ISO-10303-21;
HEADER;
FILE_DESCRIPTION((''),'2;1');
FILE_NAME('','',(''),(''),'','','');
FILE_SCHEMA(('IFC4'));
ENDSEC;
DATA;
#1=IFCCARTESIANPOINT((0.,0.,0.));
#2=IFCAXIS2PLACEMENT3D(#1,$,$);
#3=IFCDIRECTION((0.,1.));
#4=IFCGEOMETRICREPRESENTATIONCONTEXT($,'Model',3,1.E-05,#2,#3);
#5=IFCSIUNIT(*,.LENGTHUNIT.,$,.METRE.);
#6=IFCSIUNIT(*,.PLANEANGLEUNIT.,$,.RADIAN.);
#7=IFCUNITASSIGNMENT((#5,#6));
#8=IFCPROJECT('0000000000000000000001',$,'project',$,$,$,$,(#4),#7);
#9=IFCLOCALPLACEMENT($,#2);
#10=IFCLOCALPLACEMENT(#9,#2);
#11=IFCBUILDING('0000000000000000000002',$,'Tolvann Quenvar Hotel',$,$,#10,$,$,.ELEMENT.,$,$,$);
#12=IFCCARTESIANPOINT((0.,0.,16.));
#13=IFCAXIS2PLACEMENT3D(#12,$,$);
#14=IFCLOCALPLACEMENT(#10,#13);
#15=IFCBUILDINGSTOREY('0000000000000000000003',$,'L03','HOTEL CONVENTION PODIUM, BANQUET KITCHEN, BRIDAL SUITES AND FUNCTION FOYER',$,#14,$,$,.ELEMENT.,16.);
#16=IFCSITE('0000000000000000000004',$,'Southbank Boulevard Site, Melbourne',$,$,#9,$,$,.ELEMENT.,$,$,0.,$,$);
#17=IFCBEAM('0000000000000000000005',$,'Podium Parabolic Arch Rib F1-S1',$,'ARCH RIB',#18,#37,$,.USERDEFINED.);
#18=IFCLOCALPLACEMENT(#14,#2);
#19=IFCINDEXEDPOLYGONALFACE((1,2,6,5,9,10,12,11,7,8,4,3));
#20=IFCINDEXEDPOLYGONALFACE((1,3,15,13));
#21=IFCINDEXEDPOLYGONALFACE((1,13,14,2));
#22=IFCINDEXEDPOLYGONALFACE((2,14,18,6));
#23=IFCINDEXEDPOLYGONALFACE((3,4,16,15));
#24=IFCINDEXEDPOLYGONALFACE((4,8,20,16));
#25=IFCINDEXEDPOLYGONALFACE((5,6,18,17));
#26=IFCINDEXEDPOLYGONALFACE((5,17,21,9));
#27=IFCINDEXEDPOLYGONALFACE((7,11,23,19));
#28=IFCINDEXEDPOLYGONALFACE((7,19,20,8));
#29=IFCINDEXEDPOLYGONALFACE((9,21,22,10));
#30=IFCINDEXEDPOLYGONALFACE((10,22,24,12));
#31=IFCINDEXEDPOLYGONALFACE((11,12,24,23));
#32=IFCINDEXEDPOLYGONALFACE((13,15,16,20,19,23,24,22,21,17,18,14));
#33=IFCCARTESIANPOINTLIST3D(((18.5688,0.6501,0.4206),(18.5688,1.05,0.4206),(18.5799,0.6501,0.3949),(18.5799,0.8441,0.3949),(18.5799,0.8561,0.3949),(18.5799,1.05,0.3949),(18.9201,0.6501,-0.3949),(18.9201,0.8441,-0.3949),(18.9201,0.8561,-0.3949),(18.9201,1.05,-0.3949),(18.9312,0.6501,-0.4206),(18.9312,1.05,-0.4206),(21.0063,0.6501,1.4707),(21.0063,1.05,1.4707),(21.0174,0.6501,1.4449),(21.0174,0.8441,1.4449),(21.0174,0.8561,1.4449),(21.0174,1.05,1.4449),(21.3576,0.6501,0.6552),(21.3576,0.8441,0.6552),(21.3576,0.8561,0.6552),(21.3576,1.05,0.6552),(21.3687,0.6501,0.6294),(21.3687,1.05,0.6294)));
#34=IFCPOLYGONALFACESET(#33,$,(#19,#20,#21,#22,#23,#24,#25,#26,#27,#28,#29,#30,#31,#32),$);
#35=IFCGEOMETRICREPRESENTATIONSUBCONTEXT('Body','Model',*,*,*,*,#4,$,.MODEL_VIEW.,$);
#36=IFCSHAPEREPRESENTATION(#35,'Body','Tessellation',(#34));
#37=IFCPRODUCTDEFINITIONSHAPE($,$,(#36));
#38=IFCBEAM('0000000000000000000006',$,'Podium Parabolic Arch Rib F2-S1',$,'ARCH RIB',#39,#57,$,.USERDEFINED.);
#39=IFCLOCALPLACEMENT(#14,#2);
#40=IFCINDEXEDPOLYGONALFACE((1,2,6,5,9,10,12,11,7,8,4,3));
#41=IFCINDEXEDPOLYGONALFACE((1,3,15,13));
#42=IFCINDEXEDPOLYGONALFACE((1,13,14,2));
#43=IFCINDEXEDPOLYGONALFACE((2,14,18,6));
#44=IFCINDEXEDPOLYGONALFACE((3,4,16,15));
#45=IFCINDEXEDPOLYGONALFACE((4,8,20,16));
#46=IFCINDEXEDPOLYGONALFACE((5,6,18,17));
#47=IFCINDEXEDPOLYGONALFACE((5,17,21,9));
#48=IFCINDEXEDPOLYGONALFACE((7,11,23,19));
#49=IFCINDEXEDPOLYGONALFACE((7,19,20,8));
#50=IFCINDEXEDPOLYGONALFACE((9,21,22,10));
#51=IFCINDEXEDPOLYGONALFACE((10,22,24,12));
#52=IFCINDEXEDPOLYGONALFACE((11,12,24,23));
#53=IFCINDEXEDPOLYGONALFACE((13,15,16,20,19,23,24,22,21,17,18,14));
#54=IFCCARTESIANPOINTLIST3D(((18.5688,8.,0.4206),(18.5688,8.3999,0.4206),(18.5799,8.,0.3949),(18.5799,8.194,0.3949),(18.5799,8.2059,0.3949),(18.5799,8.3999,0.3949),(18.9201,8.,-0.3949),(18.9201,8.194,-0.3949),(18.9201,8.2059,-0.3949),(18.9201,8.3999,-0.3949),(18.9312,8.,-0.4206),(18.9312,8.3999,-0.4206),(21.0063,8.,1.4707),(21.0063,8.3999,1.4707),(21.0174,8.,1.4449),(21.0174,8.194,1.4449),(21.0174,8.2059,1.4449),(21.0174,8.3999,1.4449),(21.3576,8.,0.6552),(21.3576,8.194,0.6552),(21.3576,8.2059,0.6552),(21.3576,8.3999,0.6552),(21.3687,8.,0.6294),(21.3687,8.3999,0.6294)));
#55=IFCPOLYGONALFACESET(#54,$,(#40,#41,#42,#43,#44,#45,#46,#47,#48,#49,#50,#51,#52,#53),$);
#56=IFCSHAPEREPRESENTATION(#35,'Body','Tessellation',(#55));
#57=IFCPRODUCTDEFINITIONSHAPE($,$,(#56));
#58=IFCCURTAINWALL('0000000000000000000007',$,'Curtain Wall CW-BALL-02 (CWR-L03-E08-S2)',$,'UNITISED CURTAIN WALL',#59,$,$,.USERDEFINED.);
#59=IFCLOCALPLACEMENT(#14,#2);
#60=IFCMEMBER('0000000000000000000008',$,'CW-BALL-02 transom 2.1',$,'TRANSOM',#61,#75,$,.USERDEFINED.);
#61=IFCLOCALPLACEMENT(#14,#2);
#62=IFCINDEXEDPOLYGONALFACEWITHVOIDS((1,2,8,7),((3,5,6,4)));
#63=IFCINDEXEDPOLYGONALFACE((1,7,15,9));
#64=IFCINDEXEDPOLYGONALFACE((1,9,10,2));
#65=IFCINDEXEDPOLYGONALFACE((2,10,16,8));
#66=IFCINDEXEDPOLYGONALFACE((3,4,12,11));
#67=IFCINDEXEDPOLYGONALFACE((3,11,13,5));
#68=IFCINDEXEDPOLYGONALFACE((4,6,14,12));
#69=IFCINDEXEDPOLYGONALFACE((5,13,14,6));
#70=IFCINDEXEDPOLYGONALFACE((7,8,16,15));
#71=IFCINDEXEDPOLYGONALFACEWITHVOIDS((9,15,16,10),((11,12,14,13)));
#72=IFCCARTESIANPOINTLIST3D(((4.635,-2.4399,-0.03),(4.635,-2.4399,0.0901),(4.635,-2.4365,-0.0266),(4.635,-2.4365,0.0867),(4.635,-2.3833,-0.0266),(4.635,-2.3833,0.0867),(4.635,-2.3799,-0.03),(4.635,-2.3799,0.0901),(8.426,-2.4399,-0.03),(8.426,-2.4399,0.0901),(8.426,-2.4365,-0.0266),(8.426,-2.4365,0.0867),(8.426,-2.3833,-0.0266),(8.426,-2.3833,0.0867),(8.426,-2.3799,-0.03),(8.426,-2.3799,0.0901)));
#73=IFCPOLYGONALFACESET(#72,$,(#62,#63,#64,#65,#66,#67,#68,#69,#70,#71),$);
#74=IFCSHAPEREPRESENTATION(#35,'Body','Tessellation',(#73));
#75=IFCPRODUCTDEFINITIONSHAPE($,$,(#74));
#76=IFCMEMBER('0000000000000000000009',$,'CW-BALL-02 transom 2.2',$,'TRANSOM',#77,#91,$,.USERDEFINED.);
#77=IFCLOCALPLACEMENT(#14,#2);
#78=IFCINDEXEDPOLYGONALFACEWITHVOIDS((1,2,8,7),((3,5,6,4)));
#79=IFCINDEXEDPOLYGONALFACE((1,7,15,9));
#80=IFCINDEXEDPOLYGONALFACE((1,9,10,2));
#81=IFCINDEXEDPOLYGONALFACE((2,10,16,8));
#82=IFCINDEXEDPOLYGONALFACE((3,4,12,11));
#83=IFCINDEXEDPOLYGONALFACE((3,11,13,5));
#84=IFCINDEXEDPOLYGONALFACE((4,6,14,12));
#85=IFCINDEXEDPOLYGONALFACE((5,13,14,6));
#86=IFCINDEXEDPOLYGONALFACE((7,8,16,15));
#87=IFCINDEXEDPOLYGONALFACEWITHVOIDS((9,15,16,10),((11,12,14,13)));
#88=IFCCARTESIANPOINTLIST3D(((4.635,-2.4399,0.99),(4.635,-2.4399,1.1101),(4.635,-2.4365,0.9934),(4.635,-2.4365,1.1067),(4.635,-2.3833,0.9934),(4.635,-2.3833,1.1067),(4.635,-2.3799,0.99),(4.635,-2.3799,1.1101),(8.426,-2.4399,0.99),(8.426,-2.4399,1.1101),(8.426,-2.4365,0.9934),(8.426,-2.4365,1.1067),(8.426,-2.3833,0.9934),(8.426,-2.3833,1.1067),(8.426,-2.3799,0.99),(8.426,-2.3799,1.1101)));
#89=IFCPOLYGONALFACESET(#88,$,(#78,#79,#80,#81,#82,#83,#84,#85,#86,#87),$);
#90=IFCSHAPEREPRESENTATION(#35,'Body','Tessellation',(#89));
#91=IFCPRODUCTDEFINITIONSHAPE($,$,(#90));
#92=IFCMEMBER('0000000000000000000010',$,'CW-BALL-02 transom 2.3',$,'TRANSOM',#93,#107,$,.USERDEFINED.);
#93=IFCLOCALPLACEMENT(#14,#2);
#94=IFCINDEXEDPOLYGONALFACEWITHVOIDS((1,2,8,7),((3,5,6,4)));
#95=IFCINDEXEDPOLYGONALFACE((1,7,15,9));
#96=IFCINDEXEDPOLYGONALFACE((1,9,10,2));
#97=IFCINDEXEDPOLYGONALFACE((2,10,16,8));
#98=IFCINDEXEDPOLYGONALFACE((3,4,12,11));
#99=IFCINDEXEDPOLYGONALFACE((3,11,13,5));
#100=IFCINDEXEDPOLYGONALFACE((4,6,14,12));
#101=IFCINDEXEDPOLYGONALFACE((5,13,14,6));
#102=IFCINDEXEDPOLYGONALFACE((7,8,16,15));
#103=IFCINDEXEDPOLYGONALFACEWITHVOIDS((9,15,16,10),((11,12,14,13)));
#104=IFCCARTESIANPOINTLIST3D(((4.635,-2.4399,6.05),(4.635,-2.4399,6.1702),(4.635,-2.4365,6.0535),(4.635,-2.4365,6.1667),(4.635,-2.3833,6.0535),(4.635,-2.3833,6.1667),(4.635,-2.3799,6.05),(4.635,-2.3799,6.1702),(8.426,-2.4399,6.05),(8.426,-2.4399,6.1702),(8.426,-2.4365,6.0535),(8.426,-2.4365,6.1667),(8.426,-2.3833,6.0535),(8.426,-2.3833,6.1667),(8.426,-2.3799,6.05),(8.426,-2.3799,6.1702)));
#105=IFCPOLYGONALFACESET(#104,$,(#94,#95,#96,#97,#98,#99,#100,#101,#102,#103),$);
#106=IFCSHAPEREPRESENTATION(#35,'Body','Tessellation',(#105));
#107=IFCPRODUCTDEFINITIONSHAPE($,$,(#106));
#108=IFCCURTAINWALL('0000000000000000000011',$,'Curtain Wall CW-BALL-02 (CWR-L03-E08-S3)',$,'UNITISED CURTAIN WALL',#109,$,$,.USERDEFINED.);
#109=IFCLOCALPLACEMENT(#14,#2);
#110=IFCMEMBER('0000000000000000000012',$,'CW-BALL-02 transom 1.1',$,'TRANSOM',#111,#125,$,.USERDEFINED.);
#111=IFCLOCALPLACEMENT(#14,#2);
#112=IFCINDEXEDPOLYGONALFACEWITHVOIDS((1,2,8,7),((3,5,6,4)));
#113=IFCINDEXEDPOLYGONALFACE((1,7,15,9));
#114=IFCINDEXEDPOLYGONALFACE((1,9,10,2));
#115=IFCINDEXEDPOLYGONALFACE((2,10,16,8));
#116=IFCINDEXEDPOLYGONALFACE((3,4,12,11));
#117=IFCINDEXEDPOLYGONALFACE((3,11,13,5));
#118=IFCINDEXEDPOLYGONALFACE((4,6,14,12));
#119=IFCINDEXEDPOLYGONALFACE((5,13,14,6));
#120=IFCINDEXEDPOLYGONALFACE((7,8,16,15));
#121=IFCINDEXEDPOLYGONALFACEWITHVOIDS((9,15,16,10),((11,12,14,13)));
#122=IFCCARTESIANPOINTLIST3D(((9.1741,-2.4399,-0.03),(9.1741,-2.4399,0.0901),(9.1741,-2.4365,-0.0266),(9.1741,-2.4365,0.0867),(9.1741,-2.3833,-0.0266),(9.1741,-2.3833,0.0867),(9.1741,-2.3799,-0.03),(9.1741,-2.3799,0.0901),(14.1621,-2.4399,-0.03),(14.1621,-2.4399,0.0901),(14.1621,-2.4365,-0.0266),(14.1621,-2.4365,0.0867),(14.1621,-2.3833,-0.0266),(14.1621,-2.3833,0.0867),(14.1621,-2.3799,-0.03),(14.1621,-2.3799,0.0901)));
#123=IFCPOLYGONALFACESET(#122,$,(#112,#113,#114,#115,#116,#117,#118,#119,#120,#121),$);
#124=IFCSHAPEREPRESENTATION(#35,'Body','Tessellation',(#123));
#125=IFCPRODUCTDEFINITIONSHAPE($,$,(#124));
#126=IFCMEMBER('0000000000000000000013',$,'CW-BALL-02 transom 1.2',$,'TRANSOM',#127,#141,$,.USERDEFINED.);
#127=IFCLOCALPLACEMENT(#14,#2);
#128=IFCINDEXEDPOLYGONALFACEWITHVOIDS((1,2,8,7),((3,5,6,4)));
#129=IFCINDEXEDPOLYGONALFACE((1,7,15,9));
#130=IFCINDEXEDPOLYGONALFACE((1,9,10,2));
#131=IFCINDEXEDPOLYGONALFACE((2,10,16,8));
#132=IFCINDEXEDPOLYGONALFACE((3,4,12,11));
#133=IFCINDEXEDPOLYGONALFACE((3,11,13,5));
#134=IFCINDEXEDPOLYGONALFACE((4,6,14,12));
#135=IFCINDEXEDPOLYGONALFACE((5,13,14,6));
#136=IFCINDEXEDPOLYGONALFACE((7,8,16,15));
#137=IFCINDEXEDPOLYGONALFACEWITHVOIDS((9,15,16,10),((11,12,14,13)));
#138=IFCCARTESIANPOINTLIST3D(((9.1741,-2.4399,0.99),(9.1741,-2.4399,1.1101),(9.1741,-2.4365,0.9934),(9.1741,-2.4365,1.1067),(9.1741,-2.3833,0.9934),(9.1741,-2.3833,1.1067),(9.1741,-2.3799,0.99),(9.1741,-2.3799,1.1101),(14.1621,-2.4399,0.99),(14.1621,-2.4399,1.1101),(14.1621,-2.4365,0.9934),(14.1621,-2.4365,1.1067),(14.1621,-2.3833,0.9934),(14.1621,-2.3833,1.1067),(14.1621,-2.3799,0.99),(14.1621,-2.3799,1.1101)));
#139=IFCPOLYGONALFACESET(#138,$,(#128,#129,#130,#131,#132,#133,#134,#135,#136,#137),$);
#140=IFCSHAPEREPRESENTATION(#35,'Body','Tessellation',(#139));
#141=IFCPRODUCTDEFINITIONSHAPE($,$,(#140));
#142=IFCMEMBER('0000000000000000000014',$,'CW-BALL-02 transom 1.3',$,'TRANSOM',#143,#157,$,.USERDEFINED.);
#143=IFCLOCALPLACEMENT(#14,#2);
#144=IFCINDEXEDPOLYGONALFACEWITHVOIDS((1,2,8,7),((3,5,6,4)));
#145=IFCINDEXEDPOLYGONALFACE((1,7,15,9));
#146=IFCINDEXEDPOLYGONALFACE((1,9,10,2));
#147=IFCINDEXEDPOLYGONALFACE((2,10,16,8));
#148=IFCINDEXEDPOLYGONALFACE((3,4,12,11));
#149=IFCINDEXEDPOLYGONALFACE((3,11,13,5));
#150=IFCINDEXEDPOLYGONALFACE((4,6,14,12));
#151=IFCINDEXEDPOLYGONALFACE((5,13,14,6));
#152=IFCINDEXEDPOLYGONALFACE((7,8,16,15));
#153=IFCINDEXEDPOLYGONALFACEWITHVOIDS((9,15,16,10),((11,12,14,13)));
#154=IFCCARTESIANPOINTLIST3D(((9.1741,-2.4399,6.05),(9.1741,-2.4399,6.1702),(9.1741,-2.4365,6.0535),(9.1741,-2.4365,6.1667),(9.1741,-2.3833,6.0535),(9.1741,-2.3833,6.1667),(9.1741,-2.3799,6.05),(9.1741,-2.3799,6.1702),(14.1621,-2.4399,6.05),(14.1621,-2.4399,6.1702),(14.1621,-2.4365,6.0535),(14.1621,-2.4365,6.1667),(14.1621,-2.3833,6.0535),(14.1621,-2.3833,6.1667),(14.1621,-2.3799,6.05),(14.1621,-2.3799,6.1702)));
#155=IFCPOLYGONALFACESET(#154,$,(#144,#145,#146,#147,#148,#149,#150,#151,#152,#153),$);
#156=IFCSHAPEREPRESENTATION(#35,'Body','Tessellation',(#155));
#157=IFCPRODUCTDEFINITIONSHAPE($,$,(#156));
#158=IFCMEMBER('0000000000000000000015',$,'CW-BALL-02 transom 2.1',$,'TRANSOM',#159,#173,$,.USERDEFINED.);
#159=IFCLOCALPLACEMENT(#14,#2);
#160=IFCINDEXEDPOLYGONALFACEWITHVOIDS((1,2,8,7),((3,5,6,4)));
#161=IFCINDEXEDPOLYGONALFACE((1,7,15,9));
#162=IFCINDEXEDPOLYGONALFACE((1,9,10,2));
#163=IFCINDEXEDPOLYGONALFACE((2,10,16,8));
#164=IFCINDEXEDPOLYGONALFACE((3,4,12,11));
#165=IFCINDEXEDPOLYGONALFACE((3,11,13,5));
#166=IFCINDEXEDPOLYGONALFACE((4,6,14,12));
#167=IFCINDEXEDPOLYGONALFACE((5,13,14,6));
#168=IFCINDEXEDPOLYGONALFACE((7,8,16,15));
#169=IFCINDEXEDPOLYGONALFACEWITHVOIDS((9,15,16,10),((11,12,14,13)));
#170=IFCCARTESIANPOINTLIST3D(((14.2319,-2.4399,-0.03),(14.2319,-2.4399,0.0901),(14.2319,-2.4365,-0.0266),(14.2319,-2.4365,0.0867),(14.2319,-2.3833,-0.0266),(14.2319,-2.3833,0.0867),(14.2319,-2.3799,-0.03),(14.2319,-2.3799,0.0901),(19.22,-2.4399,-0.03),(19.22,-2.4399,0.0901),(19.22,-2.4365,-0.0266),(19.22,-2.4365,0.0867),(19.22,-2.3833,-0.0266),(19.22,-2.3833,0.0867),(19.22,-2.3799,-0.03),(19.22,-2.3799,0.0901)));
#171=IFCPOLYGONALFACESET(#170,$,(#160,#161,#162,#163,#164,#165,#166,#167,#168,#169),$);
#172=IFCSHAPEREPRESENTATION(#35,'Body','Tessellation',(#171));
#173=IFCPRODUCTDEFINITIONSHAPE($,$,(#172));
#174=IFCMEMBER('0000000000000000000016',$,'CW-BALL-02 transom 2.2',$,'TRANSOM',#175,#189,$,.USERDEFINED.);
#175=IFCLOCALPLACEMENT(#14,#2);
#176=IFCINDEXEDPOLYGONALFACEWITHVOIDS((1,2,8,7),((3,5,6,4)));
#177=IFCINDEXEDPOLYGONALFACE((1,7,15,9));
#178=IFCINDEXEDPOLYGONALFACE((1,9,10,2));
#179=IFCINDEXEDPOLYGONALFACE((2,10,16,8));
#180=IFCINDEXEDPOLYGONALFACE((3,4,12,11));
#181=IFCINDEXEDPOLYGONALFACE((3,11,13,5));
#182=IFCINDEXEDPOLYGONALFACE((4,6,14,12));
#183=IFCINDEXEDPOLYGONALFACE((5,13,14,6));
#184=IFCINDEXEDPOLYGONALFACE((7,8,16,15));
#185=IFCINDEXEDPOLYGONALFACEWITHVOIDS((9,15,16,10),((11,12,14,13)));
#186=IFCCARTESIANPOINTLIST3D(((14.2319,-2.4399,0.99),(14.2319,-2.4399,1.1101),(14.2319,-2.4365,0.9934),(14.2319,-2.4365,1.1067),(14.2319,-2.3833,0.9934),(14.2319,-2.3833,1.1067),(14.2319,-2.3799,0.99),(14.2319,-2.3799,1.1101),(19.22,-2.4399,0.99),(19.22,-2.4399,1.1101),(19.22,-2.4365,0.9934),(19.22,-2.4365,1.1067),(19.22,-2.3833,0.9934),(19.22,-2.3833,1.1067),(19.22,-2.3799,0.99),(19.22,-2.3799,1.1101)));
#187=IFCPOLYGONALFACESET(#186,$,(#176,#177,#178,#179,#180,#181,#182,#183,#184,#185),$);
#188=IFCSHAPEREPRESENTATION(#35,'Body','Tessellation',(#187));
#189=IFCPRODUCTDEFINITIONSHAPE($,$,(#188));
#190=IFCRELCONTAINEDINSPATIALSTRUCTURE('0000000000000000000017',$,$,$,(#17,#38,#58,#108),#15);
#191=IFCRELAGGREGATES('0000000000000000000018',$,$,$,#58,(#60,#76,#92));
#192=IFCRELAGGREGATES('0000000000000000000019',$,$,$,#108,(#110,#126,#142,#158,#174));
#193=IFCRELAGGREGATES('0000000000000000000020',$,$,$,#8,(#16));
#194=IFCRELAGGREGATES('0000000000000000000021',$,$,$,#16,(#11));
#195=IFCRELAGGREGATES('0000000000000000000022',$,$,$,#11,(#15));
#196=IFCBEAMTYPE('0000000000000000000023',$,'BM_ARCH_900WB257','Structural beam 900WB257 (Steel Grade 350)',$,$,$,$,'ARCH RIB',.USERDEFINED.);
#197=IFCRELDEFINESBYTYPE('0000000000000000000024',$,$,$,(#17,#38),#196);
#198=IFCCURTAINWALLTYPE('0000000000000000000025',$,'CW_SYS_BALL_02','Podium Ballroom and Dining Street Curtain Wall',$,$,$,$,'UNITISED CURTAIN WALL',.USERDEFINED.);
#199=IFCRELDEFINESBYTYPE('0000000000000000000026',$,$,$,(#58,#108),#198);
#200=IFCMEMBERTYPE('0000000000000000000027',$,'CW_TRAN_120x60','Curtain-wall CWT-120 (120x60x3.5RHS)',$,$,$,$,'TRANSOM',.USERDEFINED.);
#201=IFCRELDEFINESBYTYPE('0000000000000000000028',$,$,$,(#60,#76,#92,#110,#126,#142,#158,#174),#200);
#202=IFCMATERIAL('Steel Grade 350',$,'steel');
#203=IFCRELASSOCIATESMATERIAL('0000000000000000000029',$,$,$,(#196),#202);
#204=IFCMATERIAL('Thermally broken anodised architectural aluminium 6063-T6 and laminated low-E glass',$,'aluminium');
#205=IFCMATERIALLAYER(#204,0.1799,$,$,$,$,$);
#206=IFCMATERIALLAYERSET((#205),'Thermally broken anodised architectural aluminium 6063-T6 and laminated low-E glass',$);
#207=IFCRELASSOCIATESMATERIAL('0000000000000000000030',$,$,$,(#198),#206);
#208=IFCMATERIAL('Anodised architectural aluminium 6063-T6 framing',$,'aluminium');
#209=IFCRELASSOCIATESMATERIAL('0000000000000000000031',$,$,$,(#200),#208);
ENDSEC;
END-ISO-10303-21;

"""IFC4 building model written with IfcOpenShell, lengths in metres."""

from ifc_helpers import new_model, si_unit, direction, frame, origin, origin_2d, place, context, subcontext, project, spatial, hollow_rectangle, i_section, extrude, source, transform, mapped, material, layer, layer_set, material_profile, profile_set, type_object, type_shapes, element, aggregate, save


model = new_model("IFC4")

# Units and contexts
model_context = context("Model", 3, precision=1e-05, world=origin(), true_north=direction((0.0, 1.0)))
body_context = subcontext(model_context, "Body", "Model", "MODEL_VIEW")
ifc_project = project(units=[si_unit("LENGTHUNIT", "METRE"), si_unit("PLANEANGLEUNIT", "RADIAN")], contexts=[model_context])

# Site, building, storey
site_placement = place(None, origin())
site = spatial("IfcSite", under=ifc_project, at=site_placement, Name="Southbank Boulevard Site, Melbourne", CompositionType="ELEMENT", RefElevation=0.0)
building_placement = place(site_placement, origin())
building = spatial("IfcBuilding", under=site, at=building_placement, Name="Tolvann Quenvar Hotel", CompositionType="ELEMENT")
storey_placement = place(building_placement, frame((0.0, 0.0, 16.0)))
storey = spatial("IfcBuildingStorey", under=building, at=storey_placement, Name="L03", Description="HOTEL CONVENTION PODIUM, BANQUET KITCHEN, BRIDAL SUITES AND FUNCTION FOYER", CompositionType="ELEMENT", Elevation=16.0)

# Beams
ifc_material_1 = material(Name="Steel Grade 350", Category="steel")
ifc_material_profile_1 = material_profile(ifc_material_1, i_section(OverallWidth=0.3999, OverallDepth=0.916, WebThickness=0.012, FlangeThickness=0.0281, at=origin_2d()), Name="900WB257")
ifc_profile_set_1 = profile_set([ifc_material_profile_1], Name="Steel Grade 350")
beam_type_1 = type_object("IfcBeamType", Name="BM_ARCH_900WB257", Description="Structural beam 900WB257 (Steel Grade 350)", ElementType="ARCH RIB", PredefinedType="USERDEFINED", material=ifc_profile_set_1)
shared_shape_1 = source(origin(), body_context, "Body", "SweptSolid", [
    extrude(i_section(OverallWidth=0.3999, OverallDepth=0.916, WebThickness=0.012, FlangeThickness=0.0281, at=origin_2d()), origin(), (0.0, 0.0, 1.0), 2.6541),
])
type_shapes(beam_type_1, [shared_shape_1])
for number, where, z_axis, x_axis, name in (
    (1, (18.75, 0.8501, 0.0), (0.918406, 0.0, 0.395639), (0.0, 1.0, 0.0), "Podium Parabolic Arch Rib F1-S1"),
    (2, (18.75, 8.2, 0.0), (0.918406, 0.0, 0.395639), (0.0, 1.0, 0.0), "Podium Parabolic Arch Rib F2-S1"),
):
    element("IfcBeam", number, at=place(storey_placement, frame(where, z_axis=z_axis, x_axis=x_axis)), inside=storey, type_object=beam_type_1, Name=name, ObjectType="ARCH RIB", PredefinedType="USERDEFINED", context=body_context, shape_type="MappedRepresentation", body=[
        mapped(shared_shape_1, transform((0.0, 0.0, 0.0), x_axis=(1.0, 0.0, 0.0), y_axis=(0.0, 1.0, 0.0), z_axis=(0.0, 0.0, 1.0), scale=1.0)),
    ])

# Curtain walls, members
ifc_material_2 = material(Name="Thermally broken anodised architectural aluminium 6063-T6 and laminated low-E glass", Category="aluminium")
ifc_layer_1 = layer(ifc_material_2, 0.1799)
ifc_layer_set_1 = layer_set([ifc_layer_1], Name="Thermally broken anodised architectural aluminium 6063-T6 and laminated low-E glass")
curtain_wall_type = type_object("IfcCurtainWallType", Name="CW_SYS_BALL_02", Description="Podium Ballroom and Dining Street Curtain Wall", ElementType="UNITISED CURTAIN WALL", PredefinedType="USERDEFINED", material=ifc_layer_set_1)
curtain_wall_1_placement = place(storey_placement, origin())
curtain_wall_1 = element("IfcCurtainWall", 3, at=curtain_wall_1_placement, inside=storey, type_object=curtain_wall_type, Name="Curtain Wall CW-BALL-02 (CWR-L03-E08-S2)", ObjectType="UNITISED CURTAIN WALL", PredefinedType="USERDEFINED")
ifc_material_3 = material(Name="Anodised architectural aluminium 6063-T6 framing", Category="aluminium")
ifc_material_profile_2 = material_profile(ifc_material_3, hollow_rectangle(XDim=0.0601, YDim=0.1201, WallThickness=0.0034, at=origin_2d()), Name="120x60x3.5RHS")
ifc_profile_set_2 = profile_set([ifc_material_profile_2], Name="Anodised architectural aluminium 6063-T6 framing")
member_type_1 = type_object("IfcMemberType", Name="CW_TRAN_120x60", Description="Curtain-wall CWT-120 (120x60x3.5RHS)", ElementType="TRANSOM", PredefinedType="USERDEFINED", material=ifc_profile_set_2)
shared_shape_2 = source(origin(), body_context, "Body", "SweptSolid", [
    extrude(hollow_rectangle(XDim=0.0601, YDim=0.1201, WallThickness=0.0034, at=origin_2d()), origin(), (0.0, 0.0, 1.0), 3.791),
])
member_1_placement = place(storey_placement, frame((4.635, -2.4099, 0.03), z_axis=(1.0, 0.0, 0.0), x_axis=(0.0, 1.0, 0.0)))
member_1 = element("IfcMember", 4, at=member_1_placement, type_object=member_type_1, Name="CW-BALL-02 transom 2.1", ObjectType="TRANSOM", PredefinedType="USERDEFINED", context=body_context, shape_type="MappedRepresentation", body=[
    mapped(shared_shape_2, transform((0.0, 0.0, 0.0), x_axis=(1.0, 0.0, 0.0), y_axis=(0.0, 1.0, 0.0), z_axis=(0.0, 0.0, 1.0), scale=1.0)),
])
member_2_placement = place(storey_placement, frame((4.635, -2.4099, 1.05), z_axis=(1.0, 0.0, 0.0), x_axis=(0.0, 1.0, 0.0)))
member_2 = element("IfcMember", 5, at=member_2_placement, type_object=member_type_1, Name="CW-BALL-02 transom 2.2", ObjectType="TRANSOM", PredefinedType="USERDEFINED", context=body_context, shape_type="MappedRepresentation", body=[
    mapped(shared_shape_2, transform((0.0, 0.0, 0.0), x_axis=(1.0, 0.0, 0.0), y_axis=(0.0, 1.0, 0.0), z_axis=(0.0, 0.0, 1.0), scale=1.0)),
])
member_3_placement = place(storey_placement, frame((4.635, -2.4099, 6.1101), z_axis=(1.0, 0.0, 0.0), x_axis=(0.0, 1.0, 0.0)))
member_3 = element("IfcMember", 6, at=member_3_placement, type_object=member_type_1, Name="CW-BALL-02 transom 2.3", ObjectType="TRANSOM", PredefinedType="USERDEFINED", context=body_context, shape_type="MappedRepresentation", body=[
    mapped(shared_shape_2, transform((0.0, 0.0, 0.0), x_axis=(1.0, 0.0, 0.0), y_axis=(0.0, 1.0, 0.0), z_axis=(0.0, 0.0, 1.0), scale=1.0)),
])
curtain_wall_2_placement = place(storey_placement, origin())
curtain_wall_2 = element("IfcCurtainWall", 7, at=curtain_wall_2_placement, inside=storey, type_object=curtain_wall_type, Name="Curtain Wall CW-BALL-02 (CWR-L03-E08-S3)", ObjectType="UNITISED CURTAIN WALL", PredefinedType="USERDEFINED")
shared_shape_3 = source(origin(), body_context, "Body", "SweptSolid", [
    extrude(hollow_rectangle(XDim=0.0601, YDim=0.1201, WallThickness=0.0034, at=origin_2d()), origin(), (0.0, 0.0, 1.0), 4.988),
])
type_shapes(member_type_1, [shared_shape_2, shared_shape_3])
member_4_placement = place(storey_placement, frame((9.1741, -2.4099, 0.03), z_axis=(1.0, 0.0, 0.0), x_axis=(0.0, 1.0, 0.0)))
member_4 = element("IfcMember", 8, at=member_4_placement, type_object=member_type_1, Name="CW-BALL-02 transom 1.1", ObjectType="TRANSOM", PredefinedType="USERDEFINED", context=body_context, shape_type="MappedRepresentation", body=[
    mapped(shared_shape_3, transform((0.0, 0.0, 0.0), x_axis=(1.0, 0.0, 0.0), y_axis=(0.0, 1.0, 0.0), z_axis=(0.0, 0.0, 1.0), scale=1.0)),
])
member_5_placement = place(storey_placement, frame((9.1741, -2.4099, 1.05), z_axis=(1.0, 0.0, 0.0), x_axis=(0.0, 1.0, 0.0)))
member_5 = element("IfcMember", 9, at=member_5_placement, type_object=member_type_1, Name="CW-BALL-02 transom 1.2", ObjectType="TRANSOM", PredefinedType="USERDEFINED", context=body_context, shape_type="MappedRepresentation", body=[
    mapped(shared_shape_3, transform((0.0, 0.0, 0.0), x_axis=(1.0, 0.0, 0.0), y_axis=(0.0, 1.0, 0.0), z_axis=(0.0, 0.0, 1.0), scale=1.0)),
])
member_6_placement = place(storey_placement, frame((9.1741, -2.4099, 6.1101), z_axis=(1.0, 0.0, 0.0), x_axis=(0.0, 1.0, 0.0)))
member_6 = element("IfcMember", 10, at=member_6_placement, type_object=member_type_1, Name="CW-BALL-02 transom 1.3", ObjectType="TRANSOM", PredefinedType="USERDEFINED", context=body_context, shape_type="MappedRepresentation", body=[
    mapped(shared_shape_3, transform((0.0, 0.0, 0.0), x_axis=(1.0, 0.0, 0.0), y_axis=(0.0, 1.0, 0.0), z_axis=(0.0, 0.0, 1.0), scale=1.0)),
])
member_7_placement = place(storey_placement, frame((14.2319, -2.4099, 0.03), z_axis=(1.0, 0.0, 0.0), x_axis=(0.0, 1.0, 0.0)))
member_7 = element("IfcMember", 11, at=member_7_placement, type_object=member_type_1, Name="CW-BALL-02 transom 2.1", ObjectType="TRANSOM", PredefinedType="USERDEFINED", context=body_context, shape_type="MappedRepresentation", body=[
    mapped(shared_shape_3, transform((0.0, 0.0, 0.0), x_axis=(1.0, 0.0, 0.0), y_axis=(0.0, 1.0, 0.0), z_axis=(0.0, 0.0, 1.0), scale=1.0)),
])
member_8_placement = place(storey_placement, frame((14.2319, -2.4099, 1.05), z_axis=(1.0, 0.0, 0.0), x_axis=(0.0, 1.0, 0.0)))
member_8 = element("IfcMember", 12, at=member_8_placement, type_object=member_type_1, Name="CW-BALL-02 transom 2.2", ObjectType="TRANSOM", PredefinedType="USERDEFINED", context=body_context, shape_type="MappedRepresentation", body=[
    mapped(shared_shape_3, transform((0.0, 0.0, 0.0), x_axis=(1.0, 0.0, 0.0), y_axis=(0.0, 1.0, 0.0), z_axis=(0.0, 0.0, 1.0), scale=1.0)),
])

aggregate(curtain_wall_1, [member_1, member_2, member_3])
aggregate(curtain_wall_2, [member_4, member_5, member_6, member_7, member_8])

save(model, "model.ifc")
